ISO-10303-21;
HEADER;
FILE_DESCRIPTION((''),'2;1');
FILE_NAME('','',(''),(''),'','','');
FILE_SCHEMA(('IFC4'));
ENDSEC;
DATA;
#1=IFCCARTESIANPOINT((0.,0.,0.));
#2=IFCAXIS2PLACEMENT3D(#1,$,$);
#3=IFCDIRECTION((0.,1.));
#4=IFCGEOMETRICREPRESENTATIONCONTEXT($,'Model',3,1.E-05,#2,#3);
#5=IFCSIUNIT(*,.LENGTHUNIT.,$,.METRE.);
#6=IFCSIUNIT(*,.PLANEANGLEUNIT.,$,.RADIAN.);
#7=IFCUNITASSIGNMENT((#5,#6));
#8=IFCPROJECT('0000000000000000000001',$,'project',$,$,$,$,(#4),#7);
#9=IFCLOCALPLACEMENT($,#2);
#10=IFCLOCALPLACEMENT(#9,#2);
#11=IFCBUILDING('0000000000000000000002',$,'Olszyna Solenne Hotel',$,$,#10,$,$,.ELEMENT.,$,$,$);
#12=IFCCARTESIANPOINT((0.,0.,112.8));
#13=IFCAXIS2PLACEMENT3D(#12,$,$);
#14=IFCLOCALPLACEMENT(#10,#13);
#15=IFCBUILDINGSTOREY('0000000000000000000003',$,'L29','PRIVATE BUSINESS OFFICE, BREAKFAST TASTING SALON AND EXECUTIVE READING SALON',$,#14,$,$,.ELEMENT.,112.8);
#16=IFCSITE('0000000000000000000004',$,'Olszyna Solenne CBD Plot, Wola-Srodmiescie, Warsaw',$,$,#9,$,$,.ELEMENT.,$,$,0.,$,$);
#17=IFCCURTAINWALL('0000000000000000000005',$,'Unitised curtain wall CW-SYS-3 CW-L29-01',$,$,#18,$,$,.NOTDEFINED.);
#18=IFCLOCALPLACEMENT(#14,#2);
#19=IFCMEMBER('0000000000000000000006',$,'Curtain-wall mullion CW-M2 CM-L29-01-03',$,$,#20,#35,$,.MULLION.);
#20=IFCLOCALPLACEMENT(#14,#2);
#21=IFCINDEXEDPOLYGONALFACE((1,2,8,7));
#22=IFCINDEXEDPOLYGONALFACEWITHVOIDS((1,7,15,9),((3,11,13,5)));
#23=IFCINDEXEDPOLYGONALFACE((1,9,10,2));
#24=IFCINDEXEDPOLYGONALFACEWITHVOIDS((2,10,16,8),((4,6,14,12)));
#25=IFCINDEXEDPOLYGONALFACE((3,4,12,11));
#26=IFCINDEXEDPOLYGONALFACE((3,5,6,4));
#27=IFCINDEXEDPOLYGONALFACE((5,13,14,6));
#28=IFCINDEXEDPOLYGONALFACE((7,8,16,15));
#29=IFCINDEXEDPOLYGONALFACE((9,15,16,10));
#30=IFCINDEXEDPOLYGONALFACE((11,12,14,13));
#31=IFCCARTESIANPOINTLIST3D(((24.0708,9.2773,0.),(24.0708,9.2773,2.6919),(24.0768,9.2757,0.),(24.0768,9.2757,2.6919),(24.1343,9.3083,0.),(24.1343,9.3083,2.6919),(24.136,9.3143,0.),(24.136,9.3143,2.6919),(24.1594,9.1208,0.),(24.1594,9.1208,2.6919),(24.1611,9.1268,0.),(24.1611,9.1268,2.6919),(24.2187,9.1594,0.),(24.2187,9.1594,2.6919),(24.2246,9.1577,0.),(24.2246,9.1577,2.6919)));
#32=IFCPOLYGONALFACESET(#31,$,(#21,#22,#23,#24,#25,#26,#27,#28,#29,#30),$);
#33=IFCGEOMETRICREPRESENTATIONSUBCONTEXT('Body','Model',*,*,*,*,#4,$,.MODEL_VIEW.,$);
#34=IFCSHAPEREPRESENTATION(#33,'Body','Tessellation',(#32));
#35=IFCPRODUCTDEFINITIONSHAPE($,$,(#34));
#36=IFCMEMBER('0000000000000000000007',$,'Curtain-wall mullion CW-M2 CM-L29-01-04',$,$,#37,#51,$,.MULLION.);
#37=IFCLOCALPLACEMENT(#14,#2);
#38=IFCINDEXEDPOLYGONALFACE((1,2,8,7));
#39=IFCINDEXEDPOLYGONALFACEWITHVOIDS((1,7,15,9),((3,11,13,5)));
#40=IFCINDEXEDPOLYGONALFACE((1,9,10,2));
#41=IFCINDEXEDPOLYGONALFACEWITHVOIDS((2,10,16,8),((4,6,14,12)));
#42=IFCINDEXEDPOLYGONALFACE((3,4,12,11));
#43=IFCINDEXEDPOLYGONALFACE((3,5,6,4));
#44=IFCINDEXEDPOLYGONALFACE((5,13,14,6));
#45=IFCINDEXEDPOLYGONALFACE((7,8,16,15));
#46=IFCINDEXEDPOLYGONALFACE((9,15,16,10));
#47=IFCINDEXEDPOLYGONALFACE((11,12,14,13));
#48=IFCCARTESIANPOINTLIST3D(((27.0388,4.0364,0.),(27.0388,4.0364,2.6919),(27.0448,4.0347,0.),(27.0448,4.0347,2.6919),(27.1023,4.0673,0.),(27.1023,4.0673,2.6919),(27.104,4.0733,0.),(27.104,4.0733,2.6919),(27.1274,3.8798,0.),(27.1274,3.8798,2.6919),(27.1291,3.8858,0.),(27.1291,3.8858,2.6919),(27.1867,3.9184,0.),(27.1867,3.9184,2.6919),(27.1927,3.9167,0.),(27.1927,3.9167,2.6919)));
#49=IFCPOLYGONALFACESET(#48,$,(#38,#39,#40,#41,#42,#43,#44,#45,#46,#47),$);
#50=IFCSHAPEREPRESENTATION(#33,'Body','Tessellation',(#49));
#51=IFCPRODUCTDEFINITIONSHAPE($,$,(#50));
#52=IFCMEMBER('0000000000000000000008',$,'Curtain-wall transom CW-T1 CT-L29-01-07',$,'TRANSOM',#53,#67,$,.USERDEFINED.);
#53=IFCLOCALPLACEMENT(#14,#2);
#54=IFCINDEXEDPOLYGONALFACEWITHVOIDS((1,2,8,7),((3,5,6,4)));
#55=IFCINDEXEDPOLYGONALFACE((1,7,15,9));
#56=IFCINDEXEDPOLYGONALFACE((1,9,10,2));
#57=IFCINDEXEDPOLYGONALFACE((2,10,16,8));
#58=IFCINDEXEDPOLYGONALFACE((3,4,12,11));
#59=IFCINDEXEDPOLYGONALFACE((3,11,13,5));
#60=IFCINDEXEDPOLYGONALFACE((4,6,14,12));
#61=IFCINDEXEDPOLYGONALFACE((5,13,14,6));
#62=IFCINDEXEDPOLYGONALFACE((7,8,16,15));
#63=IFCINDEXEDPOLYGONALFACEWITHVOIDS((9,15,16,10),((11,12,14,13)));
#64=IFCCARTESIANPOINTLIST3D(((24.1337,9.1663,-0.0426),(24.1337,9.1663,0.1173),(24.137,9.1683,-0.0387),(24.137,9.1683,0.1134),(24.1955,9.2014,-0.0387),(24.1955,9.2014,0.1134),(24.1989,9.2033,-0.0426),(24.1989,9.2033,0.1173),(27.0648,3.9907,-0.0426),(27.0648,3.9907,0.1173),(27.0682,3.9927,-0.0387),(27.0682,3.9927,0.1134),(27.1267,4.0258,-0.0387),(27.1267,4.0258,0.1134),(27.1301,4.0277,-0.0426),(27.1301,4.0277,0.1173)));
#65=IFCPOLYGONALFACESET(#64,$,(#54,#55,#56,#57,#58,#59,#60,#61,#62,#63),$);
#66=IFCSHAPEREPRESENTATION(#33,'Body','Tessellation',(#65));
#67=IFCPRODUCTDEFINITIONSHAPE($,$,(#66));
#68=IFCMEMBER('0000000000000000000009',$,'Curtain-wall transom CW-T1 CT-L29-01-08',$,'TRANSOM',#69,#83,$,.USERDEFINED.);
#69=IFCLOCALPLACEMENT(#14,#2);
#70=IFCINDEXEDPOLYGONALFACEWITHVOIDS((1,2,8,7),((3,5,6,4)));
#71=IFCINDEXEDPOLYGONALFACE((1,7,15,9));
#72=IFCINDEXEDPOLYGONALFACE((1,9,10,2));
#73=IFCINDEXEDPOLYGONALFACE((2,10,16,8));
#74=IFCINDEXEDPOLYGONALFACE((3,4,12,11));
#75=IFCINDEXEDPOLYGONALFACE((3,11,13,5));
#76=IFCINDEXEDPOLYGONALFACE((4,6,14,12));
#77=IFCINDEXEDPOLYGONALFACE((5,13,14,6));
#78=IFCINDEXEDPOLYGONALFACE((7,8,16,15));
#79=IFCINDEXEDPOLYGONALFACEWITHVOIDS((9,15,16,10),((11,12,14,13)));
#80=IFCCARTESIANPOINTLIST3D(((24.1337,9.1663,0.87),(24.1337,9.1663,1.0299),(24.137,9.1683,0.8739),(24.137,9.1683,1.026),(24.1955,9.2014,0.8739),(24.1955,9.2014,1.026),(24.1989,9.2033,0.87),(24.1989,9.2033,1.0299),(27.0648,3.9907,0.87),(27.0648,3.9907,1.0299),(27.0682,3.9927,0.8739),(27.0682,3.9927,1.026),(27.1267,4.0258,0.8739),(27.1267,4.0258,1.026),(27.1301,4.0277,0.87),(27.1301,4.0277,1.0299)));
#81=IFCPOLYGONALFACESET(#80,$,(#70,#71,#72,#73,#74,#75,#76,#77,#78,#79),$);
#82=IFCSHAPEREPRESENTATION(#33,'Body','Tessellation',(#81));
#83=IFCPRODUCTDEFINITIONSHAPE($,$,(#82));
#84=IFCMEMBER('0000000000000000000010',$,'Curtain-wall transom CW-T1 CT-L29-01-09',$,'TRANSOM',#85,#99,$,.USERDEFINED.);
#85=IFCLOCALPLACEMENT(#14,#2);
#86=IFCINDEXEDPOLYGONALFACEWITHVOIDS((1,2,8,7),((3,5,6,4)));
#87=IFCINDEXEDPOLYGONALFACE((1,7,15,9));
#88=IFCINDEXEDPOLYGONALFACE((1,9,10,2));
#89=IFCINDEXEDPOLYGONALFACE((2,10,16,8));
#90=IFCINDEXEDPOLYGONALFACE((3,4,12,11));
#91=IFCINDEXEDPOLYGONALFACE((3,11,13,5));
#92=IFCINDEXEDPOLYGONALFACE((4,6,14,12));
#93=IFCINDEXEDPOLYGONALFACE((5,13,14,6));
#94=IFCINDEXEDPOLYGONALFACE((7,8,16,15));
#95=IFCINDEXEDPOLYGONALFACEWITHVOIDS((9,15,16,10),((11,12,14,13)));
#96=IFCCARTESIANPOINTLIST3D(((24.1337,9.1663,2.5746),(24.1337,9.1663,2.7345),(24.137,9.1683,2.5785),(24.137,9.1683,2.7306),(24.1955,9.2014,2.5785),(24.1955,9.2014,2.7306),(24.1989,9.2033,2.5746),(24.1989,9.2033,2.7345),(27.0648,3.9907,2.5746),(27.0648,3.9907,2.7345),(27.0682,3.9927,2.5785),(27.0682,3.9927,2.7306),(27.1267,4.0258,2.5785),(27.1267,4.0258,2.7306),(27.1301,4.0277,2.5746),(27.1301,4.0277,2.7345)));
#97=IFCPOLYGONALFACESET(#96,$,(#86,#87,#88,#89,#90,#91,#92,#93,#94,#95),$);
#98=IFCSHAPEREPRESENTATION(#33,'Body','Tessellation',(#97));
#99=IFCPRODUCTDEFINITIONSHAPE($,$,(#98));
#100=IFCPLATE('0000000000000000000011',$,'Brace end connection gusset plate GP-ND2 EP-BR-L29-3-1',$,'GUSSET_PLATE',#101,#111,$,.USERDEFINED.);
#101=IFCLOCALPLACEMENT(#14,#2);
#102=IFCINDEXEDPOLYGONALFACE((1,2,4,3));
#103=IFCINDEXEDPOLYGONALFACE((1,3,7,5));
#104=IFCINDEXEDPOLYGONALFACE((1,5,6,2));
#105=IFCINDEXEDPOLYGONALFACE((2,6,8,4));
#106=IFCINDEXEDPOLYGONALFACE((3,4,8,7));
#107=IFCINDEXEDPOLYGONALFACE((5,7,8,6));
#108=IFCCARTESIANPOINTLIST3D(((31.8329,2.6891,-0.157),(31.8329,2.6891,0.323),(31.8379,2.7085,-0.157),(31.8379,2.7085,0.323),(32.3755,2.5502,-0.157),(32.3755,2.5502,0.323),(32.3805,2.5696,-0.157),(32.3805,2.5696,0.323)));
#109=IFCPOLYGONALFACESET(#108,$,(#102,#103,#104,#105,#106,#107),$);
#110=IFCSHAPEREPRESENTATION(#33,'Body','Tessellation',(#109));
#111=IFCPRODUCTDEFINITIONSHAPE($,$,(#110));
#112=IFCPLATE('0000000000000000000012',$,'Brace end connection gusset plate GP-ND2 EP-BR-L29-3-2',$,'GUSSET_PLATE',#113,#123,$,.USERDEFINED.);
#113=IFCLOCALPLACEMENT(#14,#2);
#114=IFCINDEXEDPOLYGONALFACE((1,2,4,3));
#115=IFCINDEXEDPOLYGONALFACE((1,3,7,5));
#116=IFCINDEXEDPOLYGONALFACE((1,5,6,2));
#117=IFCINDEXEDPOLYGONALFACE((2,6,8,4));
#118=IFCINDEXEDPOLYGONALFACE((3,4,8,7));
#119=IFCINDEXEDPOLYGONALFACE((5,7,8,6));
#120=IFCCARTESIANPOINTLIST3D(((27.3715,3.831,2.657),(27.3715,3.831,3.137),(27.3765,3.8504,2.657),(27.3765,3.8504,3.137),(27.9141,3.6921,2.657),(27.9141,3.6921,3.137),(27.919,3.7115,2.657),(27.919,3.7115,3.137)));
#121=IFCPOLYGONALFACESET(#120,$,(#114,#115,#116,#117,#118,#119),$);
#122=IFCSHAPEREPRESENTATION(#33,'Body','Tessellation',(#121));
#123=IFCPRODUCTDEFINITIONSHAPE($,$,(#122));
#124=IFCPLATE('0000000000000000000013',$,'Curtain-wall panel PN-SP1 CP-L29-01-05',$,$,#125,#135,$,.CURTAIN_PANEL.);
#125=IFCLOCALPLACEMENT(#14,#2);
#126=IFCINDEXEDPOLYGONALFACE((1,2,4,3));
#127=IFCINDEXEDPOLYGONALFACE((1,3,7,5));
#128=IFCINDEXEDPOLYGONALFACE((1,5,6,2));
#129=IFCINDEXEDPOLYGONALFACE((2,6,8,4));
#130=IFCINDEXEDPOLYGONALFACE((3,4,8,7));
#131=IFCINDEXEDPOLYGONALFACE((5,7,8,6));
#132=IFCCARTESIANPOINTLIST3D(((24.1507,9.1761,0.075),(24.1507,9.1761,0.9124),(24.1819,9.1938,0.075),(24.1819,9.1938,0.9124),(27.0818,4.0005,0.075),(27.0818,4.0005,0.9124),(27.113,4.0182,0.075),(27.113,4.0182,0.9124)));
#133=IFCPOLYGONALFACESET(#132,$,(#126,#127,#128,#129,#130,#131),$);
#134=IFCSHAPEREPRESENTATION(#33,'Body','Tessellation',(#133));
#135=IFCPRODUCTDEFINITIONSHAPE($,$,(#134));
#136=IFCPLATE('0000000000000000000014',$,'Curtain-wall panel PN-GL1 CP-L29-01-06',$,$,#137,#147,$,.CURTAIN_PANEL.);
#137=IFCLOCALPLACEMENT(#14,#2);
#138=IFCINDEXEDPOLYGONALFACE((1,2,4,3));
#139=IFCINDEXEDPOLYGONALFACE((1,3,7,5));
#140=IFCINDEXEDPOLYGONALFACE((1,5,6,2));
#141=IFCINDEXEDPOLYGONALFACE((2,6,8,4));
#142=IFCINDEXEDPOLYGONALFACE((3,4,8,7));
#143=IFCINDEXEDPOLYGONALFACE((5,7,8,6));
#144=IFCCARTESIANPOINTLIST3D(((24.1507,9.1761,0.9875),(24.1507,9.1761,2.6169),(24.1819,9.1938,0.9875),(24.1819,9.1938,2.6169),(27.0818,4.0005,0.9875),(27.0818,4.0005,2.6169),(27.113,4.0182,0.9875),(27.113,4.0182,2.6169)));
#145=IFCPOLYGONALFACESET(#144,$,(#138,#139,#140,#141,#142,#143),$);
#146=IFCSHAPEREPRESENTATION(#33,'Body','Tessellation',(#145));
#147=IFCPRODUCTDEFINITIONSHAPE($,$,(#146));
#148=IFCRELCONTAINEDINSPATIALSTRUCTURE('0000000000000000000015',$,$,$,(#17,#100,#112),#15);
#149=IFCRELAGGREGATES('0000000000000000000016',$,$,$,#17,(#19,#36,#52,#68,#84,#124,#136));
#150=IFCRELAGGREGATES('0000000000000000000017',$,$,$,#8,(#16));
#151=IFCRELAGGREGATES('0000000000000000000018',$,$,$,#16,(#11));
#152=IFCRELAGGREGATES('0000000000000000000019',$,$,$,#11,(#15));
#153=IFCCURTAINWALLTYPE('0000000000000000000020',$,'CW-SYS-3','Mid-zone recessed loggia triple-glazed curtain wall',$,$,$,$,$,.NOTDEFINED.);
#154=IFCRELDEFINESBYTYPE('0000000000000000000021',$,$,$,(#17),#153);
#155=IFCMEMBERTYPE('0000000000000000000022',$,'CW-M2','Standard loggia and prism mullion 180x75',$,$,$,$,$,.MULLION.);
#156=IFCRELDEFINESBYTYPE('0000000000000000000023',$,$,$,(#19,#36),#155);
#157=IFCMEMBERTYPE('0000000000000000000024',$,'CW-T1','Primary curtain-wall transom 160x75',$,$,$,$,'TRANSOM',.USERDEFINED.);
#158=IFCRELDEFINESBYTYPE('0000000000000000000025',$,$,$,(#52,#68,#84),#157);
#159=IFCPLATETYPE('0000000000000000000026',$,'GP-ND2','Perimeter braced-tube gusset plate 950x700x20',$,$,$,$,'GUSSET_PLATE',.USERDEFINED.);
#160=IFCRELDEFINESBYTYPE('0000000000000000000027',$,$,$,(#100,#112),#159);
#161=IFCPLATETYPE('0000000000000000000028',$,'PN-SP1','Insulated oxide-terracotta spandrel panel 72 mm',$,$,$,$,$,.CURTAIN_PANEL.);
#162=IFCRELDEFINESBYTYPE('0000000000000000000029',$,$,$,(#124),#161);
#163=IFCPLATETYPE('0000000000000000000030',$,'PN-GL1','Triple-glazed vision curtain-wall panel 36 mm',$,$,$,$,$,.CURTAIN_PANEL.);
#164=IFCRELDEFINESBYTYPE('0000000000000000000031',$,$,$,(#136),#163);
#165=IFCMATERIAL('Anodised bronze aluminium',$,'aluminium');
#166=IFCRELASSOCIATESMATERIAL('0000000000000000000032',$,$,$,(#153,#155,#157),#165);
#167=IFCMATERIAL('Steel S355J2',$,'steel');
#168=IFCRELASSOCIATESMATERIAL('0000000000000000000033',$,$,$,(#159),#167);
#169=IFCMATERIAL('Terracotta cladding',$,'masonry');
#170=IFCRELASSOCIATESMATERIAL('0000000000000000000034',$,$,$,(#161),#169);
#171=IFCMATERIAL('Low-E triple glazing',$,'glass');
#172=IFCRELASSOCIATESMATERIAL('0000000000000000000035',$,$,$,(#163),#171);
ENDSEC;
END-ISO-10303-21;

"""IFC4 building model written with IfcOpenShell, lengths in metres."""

from ifc_helpers import new_model, si_unit, direction, frame, origin, origin_2d, place, context, subcontext, project, spatial, rectangle, hollow_rectangle, extrude, source, transform, mapped, material, material_profile, profile_set, type_object, element, aggregate, save


model = new_model("IFC4")

# Units and contexts
model_context = context("Model", 3, precision=1e-05, world=origin(), true_north=direction((0.0, 1.0)))
body_context = subcontext(model_context, "Body", "Model", "MODEL_VIEW")
ifc_project = project(units=[si_unit("LENGTHUNIT", "METRE"), si_unit("PLANEANGLEUNIT", "RADIAN")], contexts=[model_context])

# Site, building, storey
site_placement = place(None, origin())
site = spatial("IfcSite", under=ifc_project, at=site_placement, Name="Olszyna Solenne CBD Plot, Wola-Srodmiescie, Warsaw", CompositionType="ELEMENT", RefElevation=0.0)
building_placement = place(site_placement, origin())
building = spatial("IfcBuilding", under=site, at=building_placement, Name="Olszyna Solenne Hotel", CompositionType="ELEMENT")
storey_placement = place(building_placement, frame((0.0, 0.0, 112.8)))
storey = spatial("IfcBuildingStorey", under=building, at=storey_placement, Name="L29", Description="PRIVATE BUSINESS OFFICE, BREAKFAST TASTING SALON AND EXECUTIVE READING SALON", CompositionType="ELEMENT", Elevation=112.8)

# Shared definitions
ifc_material_1 = material(Name="Steel S355J2", Category="steel")

# Curtain wall, members
ifc_material_2 = material(Name="Anodised bronze aluminium", Category="aluminium")
curtain_wall_type = type_object("IfcCurtainWallType", Name="CW-SYS-3", Description="Mid-zone recessed loggia triple-glazed curtain wall", PredefinedType="NOTDEFINED", material=ifc_material_2)
curtain_wall_placement = place(storey_placement, origin())
curtain_wall = element("IfcCurtainWall", 1, at=curtain_wall_placement, inside=storey, type_object=curtain_wall_type, Name="Unitised curtain wall CW-SYS-3 CW-L29-01", PredefinedType="NOTDEFINED")
ifc_material_profile_1 = material_profile(ifc_material_2, hollow_rectangle(XDim=0.075, YDim=0.1799, WallThickness=0.0044, at=origin_2d()), Name="MULL 180x75x4.5", Category="load-bearing")
ifc_profile_set_1 = profile_set([ifc_material_profile_1], Name="Anodised bronze aluminium")
member_type_1 = type_object("IfcMemberType", Name="CW-M2", Description="Standard loggia and prism mullion 180x75", PredefinedType="MULLION", material=ifc_profile_set_1)
shared_shape_1 = source(origin(), body_context, "Body", "SweptSolid", [
    extrude(hollow_rectangle(XDim=0.075, YDim=0.1799, WallThickness=0.0044, at=origin_2d()), origin(), (0.0, 0.0, 1.0), 2.6919),
])
member_1_placement = place(storey_placement, frame((24.1477, 9.2175, 0.0), z_axis=(0.0, 0.0, 1.0), x_axis=(0.870148, 0.49279, 0.0)))
member_1 = element("IfcMember", 2, at=member_1_placement, type_object=member_type_1, Name="Curtain-wall mullion CW-M2 CM-L29-01-03", PredefinedType="MULLION", context=body_context, shape_type="MappedRepresentation", body=[
    mapped(shared_shape_1, transform((0.0, 0.0, 0.0), x_axis=(1.0, 0.0, 0.0), y_axis=(0.0, 1.0, 0.0), z_axis=(0.0, 0.0, 1.0), scale=1.0)),
])
member_2_placement = place(storey_placement, frame((27.1157, 3.9766, 0.0), z_axis=(0.0, 0.0, 1.0), x_axis=(0.870148, 0.49279, 0.0)))
member_2 = element("IfcMember", 3, at=member_2_placement, type_object=member_type_1, Name="Curtain-wall mullion CW-M2 CM-L29-01-04", PredefinedType="MULLION", context=body_context, shape_type="MappedRepresentation", body=[
    mapped(shared_shape_1, transform((0.0, 0.0, 0.0), x_axis=(1.0, 0.0, 0.0), y_axis=(0.0, 1.0, 0.0), z_axis=(0.0, 0.0, 1.0), scale=1.0)),
])
ifc_material_profile_2 = material_profile(ifc_material_2, hollow_rectangle(XDim=0.075, YDim=0.1599, WallThickness=0.0039, at=origin_2d()), Name="TRAN 160x75x4", Category="load-bearing")
ifc_profile_set_2 = profile_set([ifc_material_profile_2], Name="Anodised bronze aluminium")
member_type_2 = type_object("IfcMemberType", Name="CW-T1", Description="Primary curtain-wall transom 160x75", ElementType="TRANSOM", PredefinedType="USERDEFINED", material=ifc_profile_set_2)
shared_shape_2 = source(origin(), body_context, "Body", "SweptSolid", [
    extrude(hollow_rectangle(XDim=0.075, YDim=0.1599, WallThickness=0.0039, at=origin_2d()), origin(), (0.0, 0.0, 1.0), 5.948),
])
member_3_placement = place(storey_placement, frame((24.1663, 9.1848, 0.0374), z_axis=(0.492802, -0.870141, 0.0), x_axis=(0.870141, 0.492802, 0.0)))
member_3 = element("IfcMember", 4, at=member_3_placement, type_object=member_type_2, Name="Curtain-wall transom CW-T1 CT-L29-01-07", ObjectType="TRANSOM", PredefinedType="USERDEFINED", context=body_context, shape_type="MappedRepresentation", body=[
    mapped(shared_shape_2, transform((0.0, 0.0, 0.0), x_axis=(1.0, 0.0, 0.0), y_axis=(0.0, 1.0, 0.0), z_axis=(0.0, 0.0, 1.0), scale=1.0)),
])
member_4_placement = place(storey_placement, frame((24.1663, 9.1848, 0.95), z_axis=(0.492802, -0.870141, 0.0), x_axis=(0.870141, 0.492802, 0.0)))
member_4 = element("IfcMember", 5, at=member_4_placement, type_object=member_type_2, Name="Curtain-wall transom CW-T1 CT-L29-01-08", ObjectType="TRANSOM", PredefinedType="USERDEFINED", context=body_context, shape_type="MappedRepresentation", body=[
    mapped(shared_shape_2, transform((0.0, 0.0, 0.0), x_axis=(1.0, 0.0, 0.0), y_axis=(0.0, 1.0, 0.0), z_axis=(0.0, 0.0, 1.0), scale=1.0)),
])
member_5_placement = place(storey_placement, frame((24.1663, 9.1848, 2.6545), z_axis=(0.492802, -0.870141, 0.0), x_axis=(0.870141, 0.492802, 0.0)))
member_5 = element("IfcMember", 6, at=member_5_placement, type_object=member_type_2, Name="Curtain-wall transom CW-T1 CT-L29-01-09", ObjectType="TRANSOM", PredefinedType="USERDEFINED", context=body_context, shape_type="MappedRepresentation", body=[
    mapped(shared_shape_2, transform((0.0, 0.0, 0.0), x_axis=(1.0, 0.0, 0.0), y_axis=(0.0, 1.0, 0.0), z_axis=(0.0, 0.0, 1.0), scale=1.0)),
])

# Plates
plate_type_1 = type_object("IfcPlateType", Name="GP-ND2", Description="Perimeter braced-tube gusset plate 950x700x20", ElementType="GUSSET_PLATE", PredefinedType="USERDEFINED", material=ifc_material_1)
shared_shape_3 = source(origin(), body_context, "Body", "SweptSolid", [
    extrude(rectangle(XDim=0.5601, YDim=0.02, at=origin_2d()), origin(), (0.0, 0.0, 1.0), 0.48),
])
for number, where, z_axis, x_axis, name in (
    (7, (32.1067, 2.6294, -0.157), (0.0, 0.0, 1.0), (-0.968757, 0.248014, 0.0), "Brace end connection gusset plate GP-ND2 EP-BR-L29-3-1"),
    (8, (27.6453, 3.7712, 2.657), (0.0, 0.0, 1.0), (-0.968757, 0.248014, 0.0), "Brace end connection gusset plate GP-ND2 EP-BR-L29-3-2"),
):
    element("IfcPlate", number, at=place(storey_placement, frame(where, z_axis=z_axis, x_axis=x_axis)), inside=storey, type_object=plate_type_1, Name=name, ObjectType="GUSSET_PLATE", PredefinedType="USERDEFINED", context=body_context, shape_type="MappedRepresentation", body=[
        mapped(shared_shape_3, transform((0.0, 0.0, 0.0), x_axis=(1.0, 0.0, 0.0), y_axis=(0.0, 1.0, 0.0), z_axis=(0.0, 0.0, 1.0), scale=1.0)),
    ])

# Plates
ifc_material_3 = material(Name="Terracotta cladding", Category="masonry")
plate_type_2 = type_object("IfcPlateType", Name="PN-SP1", Description="Insulated oxide-terracotta spandrel panel 72 mm", PredefinedType="CURTAIN_PANEL", material=ifc_material_3)
shared_shape_4 = source(origin(), body_context, "Body", "SweptSolid", [
    extrude(rectangle(XDim=5.948, YDim=0.0359, at=origin_2d()), origin(), (0.0, 0.0, 1.0), 0.8374),
])
plate_1_placement = place(storey_placement, frame((25.6318, 6.5972, 0.075), z_axis=(0.0, 0.0, 1.0), x_axis=(0.49279, -0.870148, 0.0)))
plate_1 = element("IfcPlate", 9, at=plate_1_placement, type_object=plate_type_2, Name="Curtain-wall panel PN-SP1 CP-L29-01-05", PredefinedType="CURTAIN_PANEL", context=body_context, shape_type="MappedRepresentation", body=[
    mapped(shared_shape_4, transform((0.0, 0.0, 0.0), x_axis=(1.0, 0.0, 0.0), y_axis=(0.0, 1.0, 0.0), z_axis=(0.0, 0.0, 1.0), scale=1.0)),
])
ifc_material_4 = material(Name="Low-E triple glazing", Category="glass")
plate_type_3 = type_object("IfcPlateType", Name="PN-GL1", Description="Triple-glazed vision curtain-wall panel 36 mm", PredefinedType="CURTAIN_PANEL", material=ifc_material_4)
shared_shape_5 = source(origin(), body_context, "Body", "SweptSolid", [
    extrude(rectangle(XDim=5.948, YDim=0.0359, at=origin_2d()), origin(), (0.0, 0.0, 1.0), 1.6294),
])
plate_2_placement = place(storey_placement, frame((25.6318, 6.5972, 0.9875), z_axis=(0.0, 0.0, 1.0), x_axis=(0.49279, -0.870148, 0.0)))
plate_2 = element("IfcPlate", 10, at=plate_2_placement, type_object=plate_type_3, Name="Curtain-wall panel PN-GL1 CP-L29-01-06", PredefinedType="CURTAIN_PANEL", context=body_context, shape_type="MappedRepresentation", body=[
    mapped(shared_shape_5, transform((0.0, 0.0, 0.0), x_axis=(1.0, 0.0, 0.0), y_axis=(0.0, 1.0, 0.0), z_axis=(0.0, 0.0, 1.0), scale=1.0)),
])
aggregate(curtain_wall, [member_1, member_2, member_3, member_4, member_5, plate_1, plate_2])

save(model, "model.ifc")
